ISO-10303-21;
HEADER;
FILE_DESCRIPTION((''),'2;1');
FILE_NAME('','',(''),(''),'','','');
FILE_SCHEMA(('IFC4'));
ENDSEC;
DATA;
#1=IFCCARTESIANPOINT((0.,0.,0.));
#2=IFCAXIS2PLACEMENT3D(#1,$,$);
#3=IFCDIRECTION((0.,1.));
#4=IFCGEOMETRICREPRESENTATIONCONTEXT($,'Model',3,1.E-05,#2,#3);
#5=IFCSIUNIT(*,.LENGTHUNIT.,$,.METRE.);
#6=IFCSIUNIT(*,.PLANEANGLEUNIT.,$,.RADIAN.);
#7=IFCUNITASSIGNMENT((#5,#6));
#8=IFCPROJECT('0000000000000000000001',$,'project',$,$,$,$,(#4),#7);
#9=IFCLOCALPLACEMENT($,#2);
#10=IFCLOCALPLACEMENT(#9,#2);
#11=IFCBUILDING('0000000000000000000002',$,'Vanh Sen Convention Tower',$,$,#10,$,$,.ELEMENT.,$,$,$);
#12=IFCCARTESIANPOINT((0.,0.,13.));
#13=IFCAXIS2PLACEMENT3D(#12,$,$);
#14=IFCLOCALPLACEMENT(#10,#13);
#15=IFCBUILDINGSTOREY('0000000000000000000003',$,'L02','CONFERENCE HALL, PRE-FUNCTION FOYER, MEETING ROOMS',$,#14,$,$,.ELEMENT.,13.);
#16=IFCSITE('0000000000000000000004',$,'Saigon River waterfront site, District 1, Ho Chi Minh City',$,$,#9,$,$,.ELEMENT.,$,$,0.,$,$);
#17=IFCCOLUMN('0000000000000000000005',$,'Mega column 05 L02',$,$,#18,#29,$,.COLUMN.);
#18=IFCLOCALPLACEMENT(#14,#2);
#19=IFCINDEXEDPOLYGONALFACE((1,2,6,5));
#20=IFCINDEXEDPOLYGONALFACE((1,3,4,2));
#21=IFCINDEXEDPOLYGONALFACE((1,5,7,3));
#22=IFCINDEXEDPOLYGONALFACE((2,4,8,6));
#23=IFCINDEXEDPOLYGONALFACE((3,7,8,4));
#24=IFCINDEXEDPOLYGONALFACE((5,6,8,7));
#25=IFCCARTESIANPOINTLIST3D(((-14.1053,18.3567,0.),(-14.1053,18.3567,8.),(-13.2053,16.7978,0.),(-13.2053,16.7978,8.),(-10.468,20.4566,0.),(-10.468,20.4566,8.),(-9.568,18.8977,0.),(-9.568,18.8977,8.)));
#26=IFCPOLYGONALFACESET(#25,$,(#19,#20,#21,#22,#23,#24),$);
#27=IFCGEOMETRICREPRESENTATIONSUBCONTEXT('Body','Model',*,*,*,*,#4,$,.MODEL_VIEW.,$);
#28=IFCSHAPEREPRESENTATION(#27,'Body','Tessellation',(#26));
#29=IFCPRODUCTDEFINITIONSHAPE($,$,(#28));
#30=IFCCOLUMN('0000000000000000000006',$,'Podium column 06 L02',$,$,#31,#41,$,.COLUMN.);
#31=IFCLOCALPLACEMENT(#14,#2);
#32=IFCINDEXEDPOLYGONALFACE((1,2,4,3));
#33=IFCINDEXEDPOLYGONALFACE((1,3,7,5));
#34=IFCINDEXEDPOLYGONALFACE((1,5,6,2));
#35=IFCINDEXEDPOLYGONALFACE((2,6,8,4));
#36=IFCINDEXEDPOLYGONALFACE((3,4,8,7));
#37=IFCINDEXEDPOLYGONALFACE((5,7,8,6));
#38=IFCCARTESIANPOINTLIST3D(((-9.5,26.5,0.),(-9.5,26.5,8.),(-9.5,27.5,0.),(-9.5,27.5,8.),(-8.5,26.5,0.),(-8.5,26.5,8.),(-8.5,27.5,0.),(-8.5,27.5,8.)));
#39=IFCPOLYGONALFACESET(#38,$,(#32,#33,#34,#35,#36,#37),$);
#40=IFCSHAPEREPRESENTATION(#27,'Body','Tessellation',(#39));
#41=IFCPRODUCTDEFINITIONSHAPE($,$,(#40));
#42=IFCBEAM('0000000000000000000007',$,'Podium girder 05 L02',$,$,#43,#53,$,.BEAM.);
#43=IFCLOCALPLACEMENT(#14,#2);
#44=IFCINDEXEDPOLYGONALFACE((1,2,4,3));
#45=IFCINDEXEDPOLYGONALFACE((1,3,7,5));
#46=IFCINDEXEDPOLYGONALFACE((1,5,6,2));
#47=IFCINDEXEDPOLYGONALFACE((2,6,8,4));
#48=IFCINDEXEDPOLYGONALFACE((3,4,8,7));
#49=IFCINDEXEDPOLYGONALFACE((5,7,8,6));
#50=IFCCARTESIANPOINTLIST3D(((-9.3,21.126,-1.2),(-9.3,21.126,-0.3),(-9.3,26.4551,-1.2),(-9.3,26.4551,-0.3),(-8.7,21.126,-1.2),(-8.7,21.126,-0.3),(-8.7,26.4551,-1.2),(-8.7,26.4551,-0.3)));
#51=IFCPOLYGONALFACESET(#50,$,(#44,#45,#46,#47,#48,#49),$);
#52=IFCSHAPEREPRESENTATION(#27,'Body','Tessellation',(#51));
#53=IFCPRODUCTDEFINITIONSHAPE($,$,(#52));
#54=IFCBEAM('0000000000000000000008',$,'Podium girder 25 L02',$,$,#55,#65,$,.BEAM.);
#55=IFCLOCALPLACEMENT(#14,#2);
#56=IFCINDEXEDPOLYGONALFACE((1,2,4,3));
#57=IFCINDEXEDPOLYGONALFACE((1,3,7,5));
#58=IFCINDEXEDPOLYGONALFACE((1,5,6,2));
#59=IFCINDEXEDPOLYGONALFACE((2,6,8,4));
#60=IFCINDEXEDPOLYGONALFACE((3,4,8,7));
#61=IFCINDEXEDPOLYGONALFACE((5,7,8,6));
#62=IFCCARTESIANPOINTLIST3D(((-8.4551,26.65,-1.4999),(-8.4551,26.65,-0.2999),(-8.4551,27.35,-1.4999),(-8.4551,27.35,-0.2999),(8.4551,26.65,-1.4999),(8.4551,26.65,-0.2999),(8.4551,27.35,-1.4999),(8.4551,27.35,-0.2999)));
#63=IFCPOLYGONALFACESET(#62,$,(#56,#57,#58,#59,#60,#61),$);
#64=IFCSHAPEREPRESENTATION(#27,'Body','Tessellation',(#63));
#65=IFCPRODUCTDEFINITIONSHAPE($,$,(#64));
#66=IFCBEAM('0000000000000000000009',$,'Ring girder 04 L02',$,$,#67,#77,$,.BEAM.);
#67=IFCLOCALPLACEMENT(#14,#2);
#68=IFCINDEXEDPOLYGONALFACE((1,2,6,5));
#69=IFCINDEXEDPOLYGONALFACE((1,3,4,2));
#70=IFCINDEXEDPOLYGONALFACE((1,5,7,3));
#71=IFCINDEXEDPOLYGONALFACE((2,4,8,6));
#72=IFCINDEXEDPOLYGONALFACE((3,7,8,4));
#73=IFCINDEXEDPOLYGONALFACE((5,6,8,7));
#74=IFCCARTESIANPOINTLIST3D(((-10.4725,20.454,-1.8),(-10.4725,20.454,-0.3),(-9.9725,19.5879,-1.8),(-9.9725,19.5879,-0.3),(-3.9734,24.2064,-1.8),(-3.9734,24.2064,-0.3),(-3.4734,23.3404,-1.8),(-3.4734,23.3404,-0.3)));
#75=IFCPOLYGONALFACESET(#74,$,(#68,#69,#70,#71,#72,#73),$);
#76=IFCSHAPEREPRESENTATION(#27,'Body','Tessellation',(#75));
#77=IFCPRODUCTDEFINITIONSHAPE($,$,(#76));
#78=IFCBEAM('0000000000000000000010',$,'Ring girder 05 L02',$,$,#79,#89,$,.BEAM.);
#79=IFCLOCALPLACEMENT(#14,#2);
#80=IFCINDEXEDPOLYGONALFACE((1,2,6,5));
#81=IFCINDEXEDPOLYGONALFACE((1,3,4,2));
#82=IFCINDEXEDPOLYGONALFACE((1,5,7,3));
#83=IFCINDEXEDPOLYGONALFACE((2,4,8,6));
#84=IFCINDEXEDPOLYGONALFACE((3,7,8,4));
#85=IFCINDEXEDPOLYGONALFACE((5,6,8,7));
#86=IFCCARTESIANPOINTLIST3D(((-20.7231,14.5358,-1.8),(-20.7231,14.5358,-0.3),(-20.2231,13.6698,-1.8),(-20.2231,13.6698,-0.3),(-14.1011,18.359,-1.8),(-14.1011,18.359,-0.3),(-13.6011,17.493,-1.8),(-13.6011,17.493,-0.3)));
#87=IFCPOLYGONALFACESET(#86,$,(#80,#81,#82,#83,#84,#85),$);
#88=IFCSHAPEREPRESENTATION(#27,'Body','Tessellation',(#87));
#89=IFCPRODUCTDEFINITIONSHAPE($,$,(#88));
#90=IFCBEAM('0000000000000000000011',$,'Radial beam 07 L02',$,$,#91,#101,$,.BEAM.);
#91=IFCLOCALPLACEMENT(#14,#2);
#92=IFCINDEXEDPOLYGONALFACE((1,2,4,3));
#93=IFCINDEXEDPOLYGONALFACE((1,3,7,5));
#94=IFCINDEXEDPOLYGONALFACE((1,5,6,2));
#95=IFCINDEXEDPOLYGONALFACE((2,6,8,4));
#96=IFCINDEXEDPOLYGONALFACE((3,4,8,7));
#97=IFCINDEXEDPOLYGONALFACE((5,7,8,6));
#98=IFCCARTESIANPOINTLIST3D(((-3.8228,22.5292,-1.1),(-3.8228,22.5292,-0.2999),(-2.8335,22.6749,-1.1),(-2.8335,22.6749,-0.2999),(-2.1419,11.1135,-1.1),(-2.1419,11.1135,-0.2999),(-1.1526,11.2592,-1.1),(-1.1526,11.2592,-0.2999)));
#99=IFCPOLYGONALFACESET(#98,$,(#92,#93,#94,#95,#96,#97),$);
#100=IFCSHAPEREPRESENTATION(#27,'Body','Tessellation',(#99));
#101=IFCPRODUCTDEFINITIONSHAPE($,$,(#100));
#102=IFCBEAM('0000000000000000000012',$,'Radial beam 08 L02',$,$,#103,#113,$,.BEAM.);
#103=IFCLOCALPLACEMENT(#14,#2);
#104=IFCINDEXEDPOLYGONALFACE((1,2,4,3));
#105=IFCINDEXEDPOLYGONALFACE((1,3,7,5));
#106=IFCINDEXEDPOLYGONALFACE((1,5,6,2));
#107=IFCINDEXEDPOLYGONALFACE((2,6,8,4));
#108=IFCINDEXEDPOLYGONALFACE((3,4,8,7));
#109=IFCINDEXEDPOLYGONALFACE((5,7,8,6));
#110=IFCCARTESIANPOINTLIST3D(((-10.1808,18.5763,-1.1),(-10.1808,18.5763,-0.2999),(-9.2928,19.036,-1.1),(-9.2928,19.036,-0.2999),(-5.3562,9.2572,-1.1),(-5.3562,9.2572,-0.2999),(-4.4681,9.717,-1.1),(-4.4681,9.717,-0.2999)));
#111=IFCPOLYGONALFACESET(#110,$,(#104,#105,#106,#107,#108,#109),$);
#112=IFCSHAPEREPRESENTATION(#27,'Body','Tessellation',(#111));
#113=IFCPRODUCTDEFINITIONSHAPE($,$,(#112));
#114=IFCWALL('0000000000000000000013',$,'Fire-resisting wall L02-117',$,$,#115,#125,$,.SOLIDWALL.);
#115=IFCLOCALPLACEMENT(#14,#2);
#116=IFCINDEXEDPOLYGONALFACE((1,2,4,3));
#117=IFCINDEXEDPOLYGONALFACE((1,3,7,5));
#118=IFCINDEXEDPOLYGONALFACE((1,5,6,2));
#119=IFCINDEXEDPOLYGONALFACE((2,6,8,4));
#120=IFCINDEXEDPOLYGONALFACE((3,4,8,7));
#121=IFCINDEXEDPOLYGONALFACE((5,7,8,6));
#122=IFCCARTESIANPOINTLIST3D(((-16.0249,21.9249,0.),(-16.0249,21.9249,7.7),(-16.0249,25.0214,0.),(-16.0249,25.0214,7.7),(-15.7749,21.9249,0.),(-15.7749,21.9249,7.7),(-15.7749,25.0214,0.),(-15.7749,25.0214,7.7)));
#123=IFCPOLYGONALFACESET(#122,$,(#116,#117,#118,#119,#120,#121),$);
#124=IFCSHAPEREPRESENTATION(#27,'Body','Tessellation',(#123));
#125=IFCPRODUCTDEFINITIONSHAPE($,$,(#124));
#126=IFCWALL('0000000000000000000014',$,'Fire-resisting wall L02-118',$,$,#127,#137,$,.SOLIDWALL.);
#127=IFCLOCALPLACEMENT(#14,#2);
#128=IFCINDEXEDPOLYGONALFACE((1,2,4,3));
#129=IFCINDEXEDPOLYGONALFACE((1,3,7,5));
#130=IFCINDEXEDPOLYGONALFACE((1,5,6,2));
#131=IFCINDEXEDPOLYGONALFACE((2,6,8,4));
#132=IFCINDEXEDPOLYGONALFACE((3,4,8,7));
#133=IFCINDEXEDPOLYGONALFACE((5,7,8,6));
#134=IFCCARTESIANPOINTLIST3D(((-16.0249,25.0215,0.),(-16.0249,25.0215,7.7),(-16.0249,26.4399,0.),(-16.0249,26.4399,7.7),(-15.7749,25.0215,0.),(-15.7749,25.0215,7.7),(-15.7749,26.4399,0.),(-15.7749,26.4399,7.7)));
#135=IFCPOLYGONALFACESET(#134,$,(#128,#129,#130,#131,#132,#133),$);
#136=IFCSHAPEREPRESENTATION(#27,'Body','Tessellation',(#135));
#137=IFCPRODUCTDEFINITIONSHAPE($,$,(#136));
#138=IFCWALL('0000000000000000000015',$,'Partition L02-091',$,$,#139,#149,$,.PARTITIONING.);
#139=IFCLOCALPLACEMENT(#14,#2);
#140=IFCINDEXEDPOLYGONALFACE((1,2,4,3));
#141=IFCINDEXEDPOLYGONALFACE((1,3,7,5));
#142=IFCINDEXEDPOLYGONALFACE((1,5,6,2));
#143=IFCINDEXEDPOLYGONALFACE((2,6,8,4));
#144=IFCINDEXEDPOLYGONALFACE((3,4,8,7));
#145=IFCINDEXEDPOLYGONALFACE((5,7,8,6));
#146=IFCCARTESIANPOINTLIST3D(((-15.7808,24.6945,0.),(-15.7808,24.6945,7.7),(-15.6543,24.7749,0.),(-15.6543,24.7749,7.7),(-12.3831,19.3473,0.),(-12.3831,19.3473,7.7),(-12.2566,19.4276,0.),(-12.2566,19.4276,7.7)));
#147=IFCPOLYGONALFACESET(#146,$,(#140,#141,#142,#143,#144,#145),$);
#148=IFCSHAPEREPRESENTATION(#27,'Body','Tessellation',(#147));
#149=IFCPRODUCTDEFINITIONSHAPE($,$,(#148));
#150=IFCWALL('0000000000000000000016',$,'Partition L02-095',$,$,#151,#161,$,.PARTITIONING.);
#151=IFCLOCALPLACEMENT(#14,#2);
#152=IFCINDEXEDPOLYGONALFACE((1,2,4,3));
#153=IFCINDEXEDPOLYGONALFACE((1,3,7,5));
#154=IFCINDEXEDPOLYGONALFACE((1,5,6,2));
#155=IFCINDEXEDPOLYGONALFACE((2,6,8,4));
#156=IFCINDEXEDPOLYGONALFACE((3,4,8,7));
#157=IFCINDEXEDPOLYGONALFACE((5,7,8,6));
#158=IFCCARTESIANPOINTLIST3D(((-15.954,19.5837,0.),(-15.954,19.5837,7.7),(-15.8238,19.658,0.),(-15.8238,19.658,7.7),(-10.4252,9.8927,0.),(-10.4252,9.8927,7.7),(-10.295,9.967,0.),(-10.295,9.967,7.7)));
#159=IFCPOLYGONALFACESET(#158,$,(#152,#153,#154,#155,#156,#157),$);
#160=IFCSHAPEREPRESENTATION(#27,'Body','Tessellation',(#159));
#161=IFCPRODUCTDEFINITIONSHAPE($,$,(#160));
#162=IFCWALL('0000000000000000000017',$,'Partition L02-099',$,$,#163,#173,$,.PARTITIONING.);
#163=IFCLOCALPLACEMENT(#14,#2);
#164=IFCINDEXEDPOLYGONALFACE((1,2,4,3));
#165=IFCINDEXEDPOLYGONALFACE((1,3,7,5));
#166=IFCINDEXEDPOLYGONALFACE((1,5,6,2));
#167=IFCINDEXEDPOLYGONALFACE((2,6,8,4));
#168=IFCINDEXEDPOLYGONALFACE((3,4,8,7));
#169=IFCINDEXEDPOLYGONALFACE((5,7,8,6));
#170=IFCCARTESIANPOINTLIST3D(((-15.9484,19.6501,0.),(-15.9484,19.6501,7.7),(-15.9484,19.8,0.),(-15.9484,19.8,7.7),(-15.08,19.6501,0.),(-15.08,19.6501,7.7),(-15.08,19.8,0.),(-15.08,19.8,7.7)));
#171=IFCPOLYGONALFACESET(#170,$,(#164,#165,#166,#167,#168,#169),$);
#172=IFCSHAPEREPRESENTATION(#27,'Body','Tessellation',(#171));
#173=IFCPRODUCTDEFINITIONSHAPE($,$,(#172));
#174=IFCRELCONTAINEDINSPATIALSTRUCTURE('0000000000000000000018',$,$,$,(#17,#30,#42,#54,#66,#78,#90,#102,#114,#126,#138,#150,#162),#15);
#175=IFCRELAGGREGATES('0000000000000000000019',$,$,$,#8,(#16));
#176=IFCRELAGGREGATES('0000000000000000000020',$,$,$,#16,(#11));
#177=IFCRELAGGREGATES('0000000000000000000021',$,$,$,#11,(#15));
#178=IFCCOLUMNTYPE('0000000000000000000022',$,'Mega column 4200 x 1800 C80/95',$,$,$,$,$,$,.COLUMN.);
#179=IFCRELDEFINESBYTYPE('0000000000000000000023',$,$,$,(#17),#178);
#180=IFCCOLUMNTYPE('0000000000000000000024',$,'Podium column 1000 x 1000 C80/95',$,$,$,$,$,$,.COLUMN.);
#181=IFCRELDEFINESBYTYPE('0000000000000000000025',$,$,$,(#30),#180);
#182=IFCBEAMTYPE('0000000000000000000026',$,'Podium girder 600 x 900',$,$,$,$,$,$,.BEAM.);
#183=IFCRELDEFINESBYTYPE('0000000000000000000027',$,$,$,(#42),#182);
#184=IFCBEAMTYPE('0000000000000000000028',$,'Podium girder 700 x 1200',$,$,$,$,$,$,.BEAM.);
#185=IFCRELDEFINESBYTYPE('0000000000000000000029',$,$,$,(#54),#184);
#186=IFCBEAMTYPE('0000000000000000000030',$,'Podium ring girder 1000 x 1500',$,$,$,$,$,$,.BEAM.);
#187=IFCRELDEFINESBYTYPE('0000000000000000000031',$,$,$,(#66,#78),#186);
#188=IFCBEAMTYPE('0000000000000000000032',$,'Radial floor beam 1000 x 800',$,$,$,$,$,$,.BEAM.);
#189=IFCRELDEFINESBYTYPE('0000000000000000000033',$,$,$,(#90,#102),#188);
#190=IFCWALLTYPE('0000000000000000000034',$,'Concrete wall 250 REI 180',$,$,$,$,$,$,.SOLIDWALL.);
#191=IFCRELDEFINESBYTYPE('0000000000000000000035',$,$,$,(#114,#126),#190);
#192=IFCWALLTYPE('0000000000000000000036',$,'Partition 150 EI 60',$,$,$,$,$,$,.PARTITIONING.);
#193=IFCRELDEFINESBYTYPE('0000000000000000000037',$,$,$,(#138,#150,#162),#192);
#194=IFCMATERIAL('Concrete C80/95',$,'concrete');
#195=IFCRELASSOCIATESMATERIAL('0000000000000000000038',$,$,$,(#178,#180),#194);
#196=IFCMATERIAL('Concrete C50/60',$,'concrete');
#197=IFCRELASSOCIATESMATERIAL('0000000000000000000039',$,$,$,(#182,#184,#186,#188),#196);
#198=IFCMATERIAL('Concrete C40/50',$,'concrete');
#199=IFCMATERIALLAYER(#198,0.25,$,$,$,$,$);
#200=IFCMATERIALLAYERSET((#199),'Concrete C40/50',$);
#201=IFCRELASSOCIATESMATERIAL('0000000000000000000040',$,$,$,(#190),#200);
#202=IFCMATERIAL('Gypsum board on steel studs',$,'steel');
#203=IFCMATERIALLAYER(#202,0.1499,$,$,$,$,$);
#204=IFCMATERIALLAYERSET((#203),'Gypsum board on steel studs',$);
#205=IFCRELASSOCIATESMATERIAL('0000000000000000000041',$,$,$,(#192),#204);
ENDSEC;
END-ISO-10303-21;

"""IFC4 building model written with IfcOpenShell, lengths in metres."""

from ifc_helpers import new_model, si_unit, direction, frame, frame_2d, origin, origin_2d, place, context, subcontext, project, spatial, rectangle, extrude, material, layer, layer_set, material_profile, profile_set, type_object, element, save


model = new_model("IFC4")

# Units and contexts
model_context = context("Model", 3, precision=1e-05, world=origin(), true_north=direction((0.0, 1.0)))
body_context = subcontext(model_context, "Body", "Model", "MODEL_VIEW")
ifc_project = project(units=[si_unit("LENGTHUNIT", "METRE"), si_unit("PLANEANGLEUNIT", "RADIAN")], contexts=[model_context])

# Site, building, storey
site_placement = place(None, origin())
site = spatial("IfcSite", under=ifc_project, at=site_placement, Name="Saigon River waterfront site, District 1, Ho Chi Minh City", CompositionType="ELEMENT", RefElevation=0.0)
building_placement = place(site_placement, origin())
building = spatial("IfcBuilding", under=site, at=building_placement, Name="Vanh Sen Convention Tower", CompositionType="ELEMENT")
storey_placement = place(building_placement, frame((0.0, 0.0, 13.0)))
storey = spatial("IfcBuildingStorey", under=building, at=storey_placement, Name="L02", Description="CONFERENCE HALL, PRE-FUNCTION FOYER, MEETING ROOMS", CompositionType="ELEMENT", Elevation=13.0)

# Columns
ifc_material_1 = material(Name="Concrete C80/95", Category="concrete")
ifc_material_profile_1 = material_profile(ifc_material_1, rectangle(XDim=4.2, YDim=1.8, at=origin_2d()), Name="RC 4200X1800")
ifc_profile_set_1 = profile_set([ifc_material_profile_1], Name="Concrete C80/95")
column_type_1 = type_object("IfcColumnType", Name="Mega column 4200 x 1800 C80/95", PredefinedType="COLUMN", material=ifc_profile_set_1)
column_1_placement = place(storey_placement, frame((-11.8367, 18.6272, 0.0), z_axis=(0.0, 0.0, 1.0), x_axis=(-0.866028, -0.499995, 0.0)))
element("IfcColumn", 1, at=column_1_placement, inside=storey, type_object=column_type_1, Name="Mega column 05 L02", PredefinedType="COLUMN", context=body_context, shape_type="SweptSolid", body=[
    extrude(rectangle(XDim=4.2, YDim=1.8, at=origin_2d()), origin(), (0.0, 0.0, 1.0), 8.0),
])
ifc_material_profile_2 = material_profile(ifc_material_1, rectangle(XDim=1.0, YDim=1.0, at=origin_2d()), Name="RC 1000X1000")
ifc_profile_set_2 = profile_set([ifc_material_profile_2], Name="Concrete C80/95")
column_type_2 = type_object("IfcColumnType", Name="Podium column 1000 x 1000 C80/95", PredefinedType="COLUMN", material=ifc_profile_set_2)
column_2_placement = place(storey_placement, frame((-9.0, 27.0, 0.0), z_axis=(0.0, 0.0, 1.0), x_axis=(1.0, 0.0, 0.0)))
element("IfcColumn", 2, at=column_2_placement, inside=storey, type_object=column_type_2, Name="Podium column 06 L02", PredefinedType="COLUMN", context=body_context, shape_type="SweptSolid", body=[
    extrude(rectangle(XDim=1.0, YDim=1.0, at=origin_2d()), origin(), (0.0, 0.0, 1.0), 8.0),
])

# Beams
ifc_material_2 = material(Name="Concrete C50/60", Category="concrete")
ifc_material_profile_3 = material_profile(ifc_material_2, rectangle(XDim=0.6001, YDim=0.8999, at=origin_2d()), Name="RC 600X900")
ifc_profile_set_3 = profile_set([ifc_material_profile_3], Name="Concrete C50/60")
beam_type_1 = type_object("IfcBeamType", Name="Podium girder 600 x 900", PredefinedType="BEAM", material=ifc_profile_set_3)
beam_1_placement = place(storey_placement, frame((-9.0, 21.126, -0.75), z_axis=(0.0, 1.0, 0.0), x_axis=(-1.0, 0.0, 0.0)))
element("IfcBeam", 3, at=beam_1_placement, inside=storey, type_object=beam_type_1, Name="Podium girder 05 L02", PredefinedType="BEAM", context=body_context, shape_type="SweptSolid", body=[
    extrude(rectangle(XDim=0.6001, YDim=0.8999, at=origin_2d()), origin(), (0.0, 0.0, 1.0), 5.3291),
])
ifc_material_profile_4 = material_profile(ifc_material_2, rectangle(XDim=0.7, YDim=1.2, at=origin_2d()), Name="RC 700X1200")
ifc_profile_set_4 = profile_set([ifc_material_profile_4], Name="Concrete C50/60")
beam_type_2 = type_object("IfcBeamType", Name="Podium girder 700 x 1200", PredefinedType="BEAM", material=ifc_profile_set_4)
beam_2_placement = place(storey_placement, frame((-8.4551, 27.0, -0.8999), z_axis=(1.0, 0.0, 0.0), x_axis=(0.0, 1.0, 0.0)))
element("IfcBeam", 4, at=beam_2_placement, inside=storey, type_object=beam_type_2, Name="Podium girder 25 L02", PredefinedType="BEAM", context=body_context, shape_type="SweptSolid", body=[
    extrude(rectangle(XDim=0.7, YDim=1.2, at=origin_2d()), origin(), (0.0, 0.0, 1.0), 16.9102),
])
ifc_material_profile_5 = material_profile(ifc_material_2, rectangle(XDim=1.0, YDim=1.5, at=origin_2d()), Name="RC 1000X1500")
ifc_profile_set_5 = profile_set([ifc_material_profile_5], Name="Concrete C50/60")
beam_type_3 = type_object("IfcBeamType", Name="Podium ring girder 1000 x 1500", PredefinedType="BEAM", material=ifc_profile_set_5)
beam_3_placement = place(storey_placement, frame((-3.7234, 23.7734, -1.05), z_axis=(-0.866012, -0.500023, 0.0), x_axis=(0.500023, -0.866012, 0.0)))
element("IfcBeam", 5, at=beam_3_placement, inside=storey, type_object=beam_type_3, Name="Ring girder 04 L02", PredefinedType="BEAM", context=body_context, shape_type="SweptSolid", body=[
    extrude(rectangle(XDim=1.0, YDim=1.5, at=origin_2d()), origin(), (0.0, 0.0, 1.0), 7.5046),
])
beam_4_placement = place(storey_placement, frame((-13.8511, 17.926, -1.05), z_axis=(-0.866026, -0.499999, 0.0), x_axis=(0.499999, -0.866026, 0.0)))
element("IfcBeam", 6, at=beam_4_placement, inside=storey, type_object=beam_type_3, Name="Ring girder 05 L02", PredefinedType="BEAM", context=body_context, shape_type="SweptSolid", body=[
    extrude(rectangle(XDim=1.0, YDim=1.5, at=origin_2d()), origin(), (0.0, 0.0, 1.0), 7.6465),
])
ifc_material_profile_6 = material_profile(ifc_material_2, rectangle(XDim=1.0, YDim=0.8, at=origin_2d()), Name="RC 1000X800")
ifc_profile_set_6 = profile_set([ifc_material_profile_6], Name="Concrete C50/60")
beam_type_4 = type_object("IfcBeamType", Name="Radial floor beam 1000 x 800", PredefinedType="BEAM", material=ifc_profile_set_6)
beam_5_placement = place(storey_placement, frame((-3.3281, 22.6021, -0.7), z_axis=(0.145674, -0.989333, 0.0), x_axis=(0.989333, 0.145674, 0.0)))
element("IfcBeam", 7, at=beam_5_placement, inside=storey, type_object=beam_type_4, Name="Radial beam 07 L02", PredefinedType="BEAM", context=body_context, shape_type="SweptSolid", body=[
    extrude(rectangle(XDim=1.0, YDim=0.8, at=origin_2d()), origin(), (0.0, 0.0, 1.0), 11.5388),
])
beam_6_placement = place(storey_placement, frame((-9.7368, 18.8062, -0.7), z_axis=(0.45976, -0.888043, 0.0), x_axis=(0.888043, 0.45976, 0.0)))
element("IfcBeam", 8, at=beam_6_placement, inside=storey, type_object=beam_type_4, Name="Radial beam 08 L02", PredefinedType="BEAM", context=body_context, shape_type="SweptSolid", body=[
    extrude(rectangle(XDim=1.0, YDim=0.8, at=origin_2d()), origin(), (0.0, 0.0, 1.0), 10.4939),
])

# Walls
ifc_material_3 = material(Name="Concrete C40/50", Category="concrete")
ifc_layer_1 = layer(ifc_material_3, 0.25)
ifc_layer_set_1 = layer_set([ifc_layer_1], Name="Concrete C40/50")
wall_type_1 = type_object("IfcWallType", Name="Concrete wall 250 REI 180", PredefinedType="SOLIDWALL", material=ifc_layer_set_1)
wall_1_placement = place(storey_placement, frame((-15.8999, 25.0215, 0.0), z_axis=(0.0, 0.0, 1.0), x_axis=(0.0, -1.0, 0.0)))
element("IfcWall", 9, at=wall_1_placement, inside=storey, type_object=wall_type_1, Name="Fire-resisting wall L02-117", PredefinedType="SOLIDWALL", context=body_context, shape_type="SweptSolid", body=[
    extrude(rectangle(XDim=3.0964, YDim=0.25, at=frame_2d((1.5483, 0.0))), origin(), (0.0, 0.0, 1.0), 7.7),
])
wall_2_placement = place(storey_placement, frame((-15.8999, 26.4399, 0.0), z_axis=(0.0, 0.0, 1.0), x_axis=(0.0, -1.0, 0.0)))
element("IfcWall", 10, at=wall_2_placement, inside=storey, type_object=wall_type_1, Name="Fire-resisting wall L02-118", PredefinedType="SOLIDWALL", context=body_context, shape_type="SweptSolid", body=[
    extrude(rectangle(XDim=1.4185, YDim=0.25, at=frame_2d((0.7092, 0.0))), origin(), (0.0, 0.0, 1.0), 7.7),
])
ifc_material_4 = material(Name="Gypsum board on steel studs", Category="steel")
ifc_layer_2 = layer(ifc_material_4, 0.1499)
ifc_layer_set_2 = layer_set([ifc_layer_2], Name="Gypsum board on steel studs")
wall_type_2 = type_object("IfcWallType", Name="Partition 150 EI 60", PredefinedType="PARTITIONING", material=ifc_layer_set_2)
wall_3_placement = place(storey_placement, frame((-12.3198, 19.3875, 0.0), z_axis=(0.0, 0.0, 1.0), x_axis=(-0.536309, 0.844021, 0.0)))
element("IfcWall", 11, at=wall_3_placement, inside=storey, type_object=wall_type_2, Name="Partition L02-091", PredefinedType="PARTITIONING", context=body_context, shape_type="SweptSolid", body=[
    extrude(rectangle(XDim=6.3354, YDim=0.1499, at=frame_2d((3.1677, 0.0))), origin(), (0.0, 0.0, 1.0), 7.7),
])
wall_4_placement = place(storey_placement, frame((-15.8889, 19.6208, 0.0), z_axis=(0.0, 0.0, 1.0), x_axis=(0.49554, -0.868585, 0.0)))
element("IfcWall", 12, at=wall_4_placement, inside=storey, type_object=wall_type_2, Name="Partition L02-095", PredefinedType="PARTITIONING", context=body_context, shape_type="SweptSolid", body=[
    extrude(rectangle(XDim=11.1572, YDim=0.1499, at=frame_2d((5.5786, 0.0))), origin(), (0.0, 0.0, 1.0), 7.7),
])
wall_5_placement = place(storey_placement, frame((-15.0801, 19.7251, 0.0), z_axis=(0.0, 0.0, 1.0), x_axis=(-1.0, 0.0, 0.0)))
element("IfcWall", 13, at=wall_5_placement, inside=storey, type_object=wall_type_2, Name="Partition L02-099", PredefinedType="PARTITIONING", context=body_context, shape_type="SweptSolid", body=[
    extrude(rectangle(XDim=0.8684, YDim=0.1499, at=frame_2d((0.4341, 0.0))), origin(), (0.0, 0.0, 1.0), 7.7),
])

save(model, "model.ifc")
